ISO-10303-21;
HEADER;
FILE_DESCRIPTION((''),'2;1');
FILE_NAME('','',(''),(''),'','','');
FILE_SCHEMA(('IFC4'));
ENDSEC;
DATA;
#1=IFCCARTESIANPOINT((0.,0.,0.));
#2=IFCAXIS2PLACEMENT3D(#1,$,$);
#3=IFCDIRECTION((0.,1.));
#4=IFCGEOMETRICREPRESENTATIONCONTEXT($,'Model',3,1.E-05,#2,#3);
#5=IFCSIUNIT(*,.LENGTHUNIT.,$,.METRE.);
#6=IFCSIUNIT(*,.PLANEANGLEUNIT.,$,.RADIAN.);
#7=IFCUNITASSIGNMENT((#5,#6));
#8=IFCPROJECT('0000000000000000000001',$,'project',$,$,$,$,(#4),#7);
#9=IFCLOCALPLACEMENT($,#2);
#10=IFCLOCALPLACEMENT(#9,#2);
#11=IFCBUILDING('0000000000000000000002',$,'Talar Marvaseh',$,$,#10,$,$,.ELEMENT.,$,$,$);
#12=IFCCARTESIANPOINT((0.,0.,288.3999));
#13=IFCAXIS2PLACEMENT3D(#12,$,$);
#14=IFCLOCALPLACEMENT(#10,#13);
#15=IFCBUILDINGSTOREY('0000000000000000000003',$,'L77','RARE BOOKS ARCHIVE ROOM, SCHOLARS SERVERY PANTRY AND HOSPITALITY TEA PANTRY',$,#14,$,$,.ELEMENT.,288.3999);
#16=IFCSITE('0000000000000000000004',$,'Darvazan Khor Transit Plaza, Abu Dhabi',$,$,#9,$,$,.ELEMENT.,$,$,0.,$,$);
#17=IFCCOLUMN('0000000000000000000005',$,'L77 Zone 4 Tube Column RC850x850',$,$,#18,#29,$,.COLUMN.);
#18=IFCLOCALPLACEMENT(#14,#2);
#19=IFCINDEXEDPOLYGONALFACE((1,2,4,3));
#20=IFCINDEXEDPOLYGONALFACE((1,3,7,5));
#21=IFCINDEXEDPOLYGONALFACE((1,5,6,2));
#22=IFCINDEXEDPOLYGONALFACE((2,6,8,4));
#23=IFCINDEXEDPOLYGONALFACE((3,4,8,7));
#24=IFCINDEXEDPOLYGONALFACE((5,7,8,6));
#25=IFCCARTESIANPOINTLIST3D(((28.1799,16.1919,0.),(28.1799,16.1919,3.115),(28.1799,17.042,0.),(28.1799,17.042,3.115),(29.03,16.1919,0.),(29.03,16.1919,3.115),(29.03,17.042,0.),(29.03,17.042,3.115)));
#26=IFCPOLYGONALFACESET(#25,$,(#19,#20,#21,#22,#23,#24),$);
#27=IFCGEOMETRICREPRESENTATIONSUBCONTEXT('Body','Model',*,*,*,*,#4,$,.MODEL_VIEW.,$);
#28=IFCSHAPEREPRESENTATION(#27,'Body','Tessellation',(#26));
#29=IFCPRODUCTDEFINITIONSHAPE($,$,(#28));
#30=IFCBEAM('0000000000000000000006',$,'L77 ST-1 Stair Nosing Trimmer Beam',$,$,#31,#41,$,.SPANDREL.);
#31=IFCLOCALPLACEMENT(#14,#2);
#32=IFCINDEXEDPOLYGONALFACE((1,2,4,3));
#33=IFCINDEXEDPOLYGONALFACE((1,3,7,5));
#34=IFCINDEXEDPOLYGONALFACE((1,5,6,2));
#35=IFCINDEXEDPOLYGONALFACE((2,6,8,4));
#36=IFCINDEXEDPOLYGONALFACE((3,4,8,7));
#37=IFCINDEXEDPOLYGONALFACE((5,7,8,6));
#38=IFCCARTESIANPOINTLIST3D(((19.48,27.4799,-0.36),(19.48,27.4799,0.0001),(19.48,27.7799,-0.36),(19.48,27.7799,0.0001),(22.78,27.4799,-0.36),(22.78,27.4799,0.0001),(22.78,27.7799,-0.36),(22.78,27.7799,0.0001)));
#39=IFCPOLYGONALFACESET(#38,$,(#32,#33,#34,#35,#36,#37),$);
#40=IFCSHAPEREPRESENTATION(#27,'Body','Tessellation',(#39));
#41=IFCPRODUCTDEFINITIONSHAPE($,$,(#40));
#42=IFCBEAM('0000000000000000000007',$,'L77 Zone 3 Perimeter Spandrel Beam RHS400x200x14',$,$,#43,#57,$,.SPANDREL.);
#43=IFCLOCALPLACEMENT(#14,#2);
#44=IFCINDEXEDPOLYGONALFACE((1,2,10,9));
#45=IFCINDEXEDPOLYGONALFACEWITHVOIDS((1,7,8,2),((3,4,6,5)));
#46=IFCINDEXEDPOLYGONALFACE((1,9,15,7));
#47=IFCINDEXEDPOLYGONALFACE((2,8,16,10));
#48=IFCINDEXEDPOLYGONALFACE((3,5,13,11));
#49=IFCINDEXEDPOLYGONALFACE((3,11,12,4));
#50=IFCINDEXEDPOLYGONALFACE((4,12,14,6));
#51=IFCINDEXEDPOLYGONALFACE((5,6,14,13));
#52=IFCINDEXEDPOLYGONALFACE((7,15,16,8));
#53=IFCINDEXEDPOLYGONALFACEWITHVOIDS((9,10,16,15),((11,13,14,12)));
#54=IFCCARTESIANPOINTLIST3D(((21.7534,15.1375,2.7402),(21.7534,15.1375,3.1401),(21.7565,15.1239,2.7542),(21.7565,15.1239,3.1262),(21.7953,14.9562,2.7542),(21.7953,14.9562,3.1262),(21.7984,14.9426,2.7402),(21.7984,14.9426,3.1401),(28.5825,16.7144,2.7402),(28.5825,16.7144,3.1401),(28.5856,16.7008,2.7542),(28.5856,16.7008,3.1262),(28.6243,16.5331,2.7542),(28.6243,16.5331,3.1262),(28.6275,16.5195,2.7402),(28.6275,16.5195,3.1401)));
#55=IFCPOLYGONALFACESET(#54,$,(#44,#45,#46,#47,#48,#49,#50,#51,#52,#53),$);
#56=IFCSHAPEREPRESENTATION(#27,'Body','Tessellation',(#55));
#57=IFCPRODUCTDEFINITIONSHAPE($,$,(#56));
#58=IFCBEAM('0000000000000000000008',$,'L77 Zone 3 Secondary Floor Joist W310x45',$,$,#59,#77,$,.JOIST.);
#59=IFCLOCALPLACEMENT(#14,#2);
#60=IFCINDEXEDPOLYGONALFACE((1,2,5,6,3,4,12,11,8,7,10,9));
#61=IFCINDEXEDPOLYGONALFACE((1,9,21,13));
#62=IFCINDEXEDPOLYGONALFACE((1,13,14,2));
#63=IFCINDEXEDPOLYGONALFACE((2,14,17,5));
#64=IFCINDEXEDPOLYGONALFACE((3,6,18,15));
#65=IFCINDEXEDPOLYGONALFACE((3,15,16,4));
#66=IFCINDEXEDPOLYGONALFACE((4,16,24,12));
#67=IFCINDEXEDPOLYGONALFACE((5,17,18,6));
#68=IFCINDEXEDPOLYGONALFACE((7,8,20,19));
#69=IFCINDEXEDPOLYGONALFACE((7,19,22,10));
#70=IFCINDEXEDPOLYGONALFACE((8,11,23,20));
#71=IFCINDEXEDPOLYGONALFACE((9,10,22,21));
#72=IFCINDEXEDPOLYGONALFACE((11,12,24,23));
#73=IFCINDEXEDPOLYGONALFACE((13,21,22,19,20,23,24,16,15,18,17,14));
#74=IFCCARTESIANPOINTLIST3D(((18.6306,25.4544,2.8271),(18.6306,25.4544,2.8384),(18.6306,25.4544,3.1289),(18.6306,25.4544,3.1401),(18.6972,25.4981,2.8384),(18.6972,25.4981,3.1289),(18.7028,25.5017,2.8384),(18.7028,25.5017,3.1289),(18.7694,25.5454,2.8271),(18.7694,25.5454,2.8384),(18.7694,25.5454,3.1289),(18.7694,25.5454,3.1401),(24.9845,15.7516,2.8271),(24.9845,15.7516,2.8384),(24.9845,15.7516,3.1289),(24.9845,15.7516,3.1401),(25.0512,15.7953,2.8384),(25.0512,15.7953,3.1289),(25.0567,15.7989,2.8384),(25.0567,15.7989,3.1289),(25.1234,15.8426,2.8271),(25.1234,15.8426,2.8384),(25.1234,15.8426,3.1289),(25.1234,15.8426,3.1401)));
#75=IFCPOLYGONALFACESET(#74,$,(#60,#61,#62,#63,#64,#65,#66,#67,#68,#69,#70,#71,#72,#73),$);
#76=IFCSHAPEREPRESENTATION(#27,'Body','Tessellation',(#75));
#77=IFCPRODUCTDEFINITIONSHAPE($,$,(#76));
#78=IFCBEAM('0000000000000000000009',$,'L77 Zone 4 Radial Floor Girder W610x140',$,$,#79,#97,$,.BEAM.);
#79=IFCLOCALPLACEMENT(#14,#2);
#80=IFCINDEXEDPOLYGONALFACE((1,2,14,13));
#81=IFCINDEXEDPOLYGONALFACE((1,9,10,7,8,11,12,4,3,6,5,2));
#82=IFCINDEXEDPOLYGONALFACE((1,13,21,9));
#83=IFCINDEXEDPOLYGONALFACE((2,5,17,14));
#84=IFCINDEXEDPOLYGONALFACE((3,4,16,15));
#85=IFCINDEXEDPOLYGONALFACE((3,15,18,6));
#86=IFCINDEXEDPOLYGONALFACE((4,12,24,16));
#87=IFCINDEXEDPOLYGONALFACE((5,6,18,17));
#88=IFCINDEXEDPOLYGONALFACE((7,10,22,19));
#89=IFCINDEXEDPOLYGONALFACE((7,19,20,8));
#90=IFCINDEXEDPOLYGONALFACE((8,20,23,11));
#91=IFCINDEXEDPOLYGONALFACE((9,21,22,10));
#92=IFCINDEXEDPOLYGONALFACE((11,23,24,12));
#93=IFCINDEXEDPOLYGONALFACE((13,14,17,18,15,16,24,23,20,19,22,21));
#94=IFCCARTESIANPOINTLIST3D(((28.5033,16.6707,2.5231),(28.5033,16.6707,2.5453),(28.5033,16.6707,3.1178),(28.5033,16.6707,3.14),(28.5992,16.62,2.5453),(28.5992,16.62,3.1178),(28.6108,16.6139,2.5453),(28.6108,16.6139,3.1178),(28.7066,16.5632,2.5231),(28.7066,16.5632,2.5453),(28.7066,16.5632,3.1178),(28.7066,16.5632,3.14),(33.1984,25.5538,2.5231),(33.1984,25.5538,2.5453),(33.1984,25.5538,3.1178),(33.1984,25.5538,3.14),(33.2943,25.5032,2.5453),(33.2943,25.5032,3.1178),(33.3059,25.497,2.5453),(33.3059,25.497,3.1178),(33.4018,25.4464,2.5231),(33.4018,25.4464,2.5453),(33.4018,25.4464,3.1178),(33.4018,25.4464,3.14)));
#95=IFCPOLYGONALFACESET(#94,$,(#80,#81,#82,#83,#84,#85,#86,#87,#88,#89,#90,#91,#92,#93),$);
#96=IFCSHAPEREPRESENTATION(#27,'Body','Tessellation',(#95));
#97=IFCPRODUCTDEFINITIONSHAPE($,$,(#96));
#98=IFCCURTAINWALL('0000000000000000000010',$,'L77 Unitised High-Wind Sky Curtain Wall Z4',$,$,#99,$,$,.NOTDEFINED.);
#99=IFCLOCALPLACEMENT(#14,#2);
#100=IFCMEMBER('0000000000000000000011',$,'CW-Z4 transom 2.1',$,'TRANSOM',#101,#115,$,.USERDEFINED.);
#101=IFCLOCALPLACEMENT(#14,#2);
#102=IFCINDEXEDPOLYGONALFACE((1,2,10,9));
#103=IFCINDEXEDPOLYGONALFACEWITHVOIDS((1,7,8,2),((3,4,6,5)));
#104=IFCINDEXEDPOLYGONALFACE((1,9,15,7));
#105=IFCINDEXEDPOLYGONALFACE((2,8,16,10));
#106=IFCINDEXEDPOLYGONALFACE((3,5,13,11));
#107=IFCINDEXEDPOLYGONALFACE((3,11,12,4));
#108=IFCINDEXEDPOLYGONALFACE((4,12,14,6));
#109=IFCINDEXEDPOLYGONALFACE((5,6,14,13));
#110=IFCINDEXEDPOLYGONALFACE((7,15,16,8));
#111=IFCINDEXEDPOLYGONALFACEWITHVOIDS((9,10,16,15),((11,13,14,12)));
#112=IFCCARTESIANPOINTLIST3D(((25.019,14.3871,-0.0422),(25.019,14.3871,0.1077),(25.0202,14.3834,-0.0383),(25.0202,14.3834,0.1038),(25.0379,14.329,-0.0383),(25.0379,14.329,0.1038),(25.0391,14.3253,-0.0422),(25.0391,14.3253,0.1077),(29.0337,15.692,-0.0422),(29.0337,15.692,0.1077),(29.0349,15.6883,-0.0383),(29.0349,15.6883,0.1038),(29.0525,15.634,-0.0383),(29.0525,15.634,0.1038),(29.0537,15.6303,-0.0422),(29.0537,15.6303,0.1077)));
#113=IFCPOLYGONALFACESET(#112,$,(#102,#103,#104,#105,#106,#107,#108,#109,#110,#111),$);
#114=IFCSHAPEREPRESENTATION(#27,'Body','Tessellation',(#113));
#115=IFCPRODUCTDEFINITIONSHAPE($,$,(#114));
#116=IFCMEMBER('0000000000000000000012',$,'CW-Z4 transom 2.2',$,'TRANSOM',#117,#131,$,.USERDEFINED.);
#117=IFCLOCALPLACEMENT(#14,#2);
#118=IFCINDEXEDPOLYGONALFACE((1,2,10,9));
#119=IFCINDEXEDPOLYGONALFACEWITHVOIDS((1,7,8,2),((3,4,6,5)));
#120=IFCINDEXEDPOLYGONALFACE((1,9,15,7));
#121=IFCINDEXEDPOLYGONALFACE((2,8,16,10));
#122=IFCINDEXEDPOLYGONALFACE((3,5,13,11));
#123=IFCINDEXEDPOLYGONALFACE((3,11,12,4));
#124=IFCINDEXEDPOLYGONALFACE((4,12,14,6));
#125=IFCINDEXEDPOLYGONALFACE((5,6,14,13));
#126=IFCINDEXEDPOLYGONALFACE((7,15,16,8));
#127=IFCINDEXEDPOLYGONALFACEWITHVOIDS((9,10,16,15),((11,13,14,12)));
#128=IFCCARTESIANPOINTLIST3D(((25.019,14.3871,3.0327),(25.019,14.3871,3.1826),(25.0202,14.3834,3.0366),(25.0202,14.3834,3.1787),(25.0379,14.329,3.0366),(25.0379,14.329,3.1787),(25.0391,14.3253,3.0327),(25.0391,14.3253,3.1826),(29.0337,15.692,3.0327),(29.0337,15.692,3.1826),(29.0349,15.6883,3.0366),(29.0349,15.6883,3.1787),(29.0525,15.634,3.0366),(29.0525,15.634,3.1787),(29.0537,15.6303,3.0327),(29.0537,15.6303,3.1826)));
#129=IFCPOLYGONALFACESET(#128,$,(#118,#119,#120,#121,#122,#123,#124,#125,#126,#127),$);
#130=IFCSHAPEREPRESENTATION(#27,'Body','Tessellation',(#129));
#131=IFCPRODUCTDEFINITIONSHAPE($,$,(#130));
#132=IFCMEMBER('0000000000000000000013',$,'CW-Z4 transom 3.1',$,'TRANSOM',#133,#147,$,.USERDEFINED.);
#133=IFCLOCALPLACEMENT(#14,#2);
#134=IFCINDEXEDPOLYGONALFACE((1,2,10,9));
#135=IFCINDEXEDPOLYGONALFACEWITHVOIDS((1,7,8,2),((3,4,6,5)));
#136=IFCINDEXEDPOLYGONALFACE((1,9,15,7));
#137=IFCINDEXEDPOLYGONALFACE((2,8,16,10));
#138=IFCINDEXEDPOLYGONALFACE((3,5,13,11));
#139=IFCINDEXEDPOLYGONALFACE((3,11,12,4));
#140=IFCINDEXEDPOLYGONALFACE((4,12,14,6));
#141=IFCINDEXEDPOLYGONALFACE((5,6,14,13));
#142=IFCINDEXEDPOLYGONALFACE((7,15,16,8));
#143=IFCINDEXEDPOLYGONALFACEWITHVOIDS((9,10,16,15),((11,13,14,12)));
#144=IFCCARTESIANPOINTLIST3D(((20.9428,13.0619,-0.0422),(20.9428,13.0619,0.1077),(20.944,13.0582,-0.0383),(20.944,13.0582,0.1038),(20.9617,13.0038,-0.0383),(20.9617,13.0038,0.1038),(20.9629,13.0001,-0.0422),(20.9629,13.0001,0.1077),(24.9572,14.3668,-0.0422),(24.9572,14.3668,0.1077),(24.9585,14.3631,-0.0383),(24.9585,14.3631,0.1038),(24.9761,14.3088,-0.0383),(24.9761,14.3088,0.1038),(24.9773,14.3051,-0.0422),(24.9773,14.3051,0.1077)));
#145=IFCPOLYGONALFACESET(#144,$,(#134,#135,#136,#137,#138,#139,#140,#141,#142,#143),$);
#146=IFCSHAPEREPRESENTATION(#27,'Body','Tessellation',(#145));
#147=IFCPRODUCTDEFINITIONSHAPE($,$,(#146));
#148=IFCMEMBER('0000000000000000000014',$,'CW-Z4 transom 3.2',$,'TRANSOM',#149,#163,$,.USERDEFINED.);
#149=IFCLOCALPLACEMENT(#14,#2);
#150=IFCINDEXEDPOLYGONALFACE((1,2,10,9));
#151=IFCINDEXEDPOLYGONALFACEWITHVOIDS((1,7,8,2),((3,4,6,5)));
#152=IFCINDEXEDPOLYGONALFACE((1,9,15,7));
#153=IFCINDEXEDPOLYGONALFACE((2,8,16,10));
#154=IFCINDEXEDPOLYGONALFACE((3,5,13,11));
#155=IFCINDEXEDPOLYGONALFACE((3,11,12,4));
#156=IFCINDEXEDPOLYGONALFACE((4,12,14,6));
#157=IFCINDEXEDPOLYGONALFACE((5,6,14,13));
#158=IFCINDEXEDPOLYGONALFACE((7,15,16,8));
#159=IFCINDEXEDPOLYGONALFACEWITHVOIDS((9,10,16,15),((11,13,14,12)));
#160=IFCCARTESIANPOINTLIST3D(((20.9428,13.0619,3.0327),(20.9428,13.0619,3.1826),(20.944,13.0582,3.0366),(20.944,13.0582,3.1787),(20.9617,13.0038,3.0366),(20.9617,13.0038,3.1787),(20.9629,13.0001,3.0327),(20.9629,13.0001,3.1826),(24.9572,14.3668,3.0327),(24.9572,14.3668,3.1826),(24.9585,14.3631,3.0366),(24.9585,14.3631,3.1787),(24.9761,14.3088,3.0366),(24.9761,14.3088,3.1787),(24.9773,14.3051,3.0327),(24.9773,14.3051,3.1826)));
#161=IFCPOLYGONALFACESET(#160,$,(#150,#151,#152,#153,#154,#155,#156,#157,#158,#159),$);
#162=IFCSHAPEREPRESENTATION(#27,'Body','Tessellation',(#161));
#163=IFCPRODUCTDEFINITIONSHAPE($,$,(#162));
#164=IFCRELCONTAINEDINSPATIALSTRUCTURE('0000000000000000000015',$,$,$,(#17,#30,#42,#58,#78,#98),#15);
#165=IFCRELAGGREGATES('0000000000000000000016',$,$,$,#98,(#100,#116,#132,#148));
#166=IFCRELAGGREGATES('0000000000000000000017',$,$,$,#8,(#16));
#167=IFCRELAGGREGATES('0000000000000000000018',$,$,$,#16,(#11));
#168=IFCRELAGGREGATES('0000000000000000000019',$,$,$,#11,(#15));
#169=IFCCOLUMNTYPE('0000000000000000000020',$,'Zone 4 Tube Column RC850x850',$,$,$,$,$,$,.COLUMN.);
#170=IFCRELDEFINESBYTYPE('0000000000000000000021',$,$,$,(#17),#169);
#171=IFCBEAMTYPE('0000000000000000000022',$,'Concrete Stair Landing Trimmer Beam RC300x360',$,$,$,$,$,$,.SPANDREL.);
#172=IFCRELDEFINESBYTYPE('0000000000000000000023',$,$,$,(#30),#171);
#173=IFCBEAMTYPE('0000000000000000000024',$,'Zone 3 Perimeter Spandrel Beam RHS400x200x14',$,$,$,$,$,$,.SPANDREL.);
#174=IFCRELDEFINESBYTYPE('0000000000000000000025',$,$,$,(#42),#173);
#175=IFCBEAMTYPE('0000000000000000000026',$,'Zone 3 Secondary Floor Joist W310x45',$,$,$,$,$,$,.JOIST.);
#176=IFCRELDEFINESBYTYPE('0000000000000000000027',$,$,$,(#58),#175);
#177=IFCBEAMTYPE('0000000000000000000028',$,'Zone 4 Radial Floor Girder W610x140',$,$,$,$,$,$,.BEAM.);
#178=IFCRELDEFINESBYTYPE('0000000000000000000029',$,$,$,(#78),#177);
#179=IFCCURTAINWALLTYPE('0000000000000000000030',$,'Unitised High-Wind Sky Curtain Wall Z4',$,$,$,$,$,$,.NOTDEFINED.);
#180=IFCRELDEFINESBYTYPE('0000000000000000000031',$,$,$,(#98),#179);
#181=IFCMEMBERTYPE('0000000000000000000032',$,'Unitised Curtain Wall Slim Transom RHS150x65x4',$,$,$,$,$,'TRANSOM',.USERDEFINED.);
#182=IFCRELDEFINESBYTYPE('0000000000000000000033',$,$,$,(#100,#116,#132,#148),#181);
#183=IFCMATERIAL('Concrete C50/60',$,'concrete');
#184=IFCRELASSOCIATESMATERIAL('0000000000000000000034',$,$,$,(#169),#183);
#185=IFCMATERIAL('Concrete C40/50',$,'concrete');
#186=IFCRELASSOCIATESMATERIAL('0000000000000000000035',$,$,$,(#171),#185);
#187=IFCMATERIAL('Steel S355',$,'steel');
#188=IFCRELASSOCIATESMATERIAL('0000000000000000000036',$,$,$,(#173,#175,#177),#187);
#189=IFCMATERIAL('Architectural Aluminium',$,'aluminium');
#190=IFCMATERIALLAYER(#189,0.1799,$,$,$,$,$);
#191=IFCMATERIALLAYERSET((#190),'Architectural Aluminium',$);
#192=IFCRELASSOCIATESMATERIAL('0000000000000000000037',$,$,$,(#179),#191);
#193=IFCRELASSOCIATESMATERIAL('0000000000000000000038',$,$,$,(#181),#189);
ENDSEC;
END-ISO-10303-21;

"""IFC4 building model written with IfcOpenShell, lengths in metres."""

from ifc_helpers import new_model, si_unit, direction, frame, origin, origin_2d, place, context, subcontext, project, spatial, rectangle, hollow_rectangle, i_section, extrude, source, transform, mapped, material, layer, layer_set, material_profile, profile_set, type_object, type_shapes, element, aggregate, save


model = new_model("IFC4")

# Units and contexts
model_context = context("Model", 3, precision=1e-05, world=origin(), true_north=direction((0.0, 1.0)))
body_context = subcontext(model_context, "Body", "Model", "MODEL_VIEW")
ifc_project = project(units=[si_unit("LENGTHUNIT", "METRE"), si_unit("PLANEANGLEUNIT", "RADIAN")], contexts=[model_context])

# Site, building, storey
site_placement = place(None, origin())
site = spatial("IfcSite", under=ifc_project, at=site_placement, Name="Darvazan Khor Transit Plaza, Abu Dhabi", CompositionType="ELEMENT", RefElevation=0.0)
building_placement = place(site_placement, origin())
building = spatial("IfcBuilding", under=site, at=building_placement, Name="Talar Marvaseh", CompositionType="ELEMENT")
storey_placement = place(building_placement, frame((0.0, 0.0, 288.3999)))
storey = spatial("IfcBuildingStorey", under=building, at=storey_placement, Name="L77", Description="RARE BOOKS ARCHIVE ROOM, SCHOLARS SERVERY PANTRY AND HOSPITALITY TEA PANTRY", CompositionType="ELEMENT", Elevation=288.3999)

# Column
ifc_material_1 = material(Name="Concrete C50/60", Category="concrete")
ifc_material_profile_1 = material_profile(ifc_material_1, rectangle(XDim=0.8501, YDim=0.8501, at=origin_2d()), Name="RC850x850")
ifc_profile_set_1 = profile_set([ifc_material_profile_1], Name="Concrete C50/60")
column_type = type_object("IfcColumnType", Name="Zone 4 Tube Column RC850x850", PredefinedType="COLUMN", material=ifc_profile_set_1)
column_placement = place(storey_placement, frame((28.605, 16.6169, 0.0), z_axis=(0.0, 0.0, 1.0), x_axis=(1.0, 0.0, 0.0)))
element("IfcColumn", 1, at=column_placement, inside=storey, type_object=column_type, Name="L77 Zone 4 Tube Column RC850x850", PredefinedType="COLUMN", context=body_context, shape_type="SweptSolid", body=[
    extrude(rectangle(XDim=0.8501, YDim=0.8501, at=origin_2d()), origin(), (0.0, 0.0, 1.0), 3.115),
])

# Beams
ifc_material_2 = material(Name="Concrete C40/50", Category="concrete")
ifc_material_profile_2 = material_profile(ifc_material_2, rectangle(XDim=0.3, YDim=0.3601, at=origin_2d()), Name="RC300x360")
ifc_profile_set_2 = profile_set([ifc_material_profile_2], Name="Concrete C40/50")
beam_type_1 = type_object("IfcBeamType", Name="Concrete Stair Landing Trimmer Beam RC300x360", PredefinedType="SPANDREL", material=ifc_profile_set_2)
beam_1_placement = place(storey_placement, frame((22.78, 27.6299, -0.1799), z_axis=(-1.0, 0.0, 0.0), x_axis=(0.0, -1.0, 0.0)))
element("IfcBeam", 2, at=beam_1_placement, inside=storey, type_object=beam_type_1, Name="L77 ST-1 Stair Nosing Trimmer Beam", PredefinedType="SPANDREL", context=body_context, shape_type="SweptSolid", body=[
    extrude(rectangle(XDim=0.3, YDim=0.3601, at=origin_2d()), origin(), (0.0, 0.0, 1.0), 3.3),
])
ifc_material_3 = material(Name="Steel S355", Category="steel")
ifc_material_profile_3 = material_profile(ifc_material_3, hollow_rectangle(XDim=0.2, YDim=0.3999, WallThickness=0.0139, at=origin_2d()), Name="RHS400x200x14")
ifc_profile_set_3 = profile_set([ifc_material_profile_3], Name="Steel S355")
beam_type_2 = type_object("IfcBeamType", Name="Zone 3 Perimeter Spandrel Beam RHS400x200x14", PredefinedType="SPANDREL", material=ifc_profile_set_3)
beam_2_placement = place(storey_placement, frame((28.605, 16.6169, 2.9402), z_axis=(-0.974361, -0.224989, 0.0), x_axis=(0.224989, -0.974361, 0.0)))
element("IfcBeam", 3, at=beam_2_placement, inside=storey, type_object=beam_type_2, Name="L77 Zone 3 Perimeter Spandrel Beam RHS400x200x14", PredefinedType="SPANDREL", context=body_context, shape_type="SweptSolid", body=[
    extrude(hollow_rectangle(XDim=0.2, YDim=0.3999, WallThickness=0.0139, at=origin_2d()), origin(), (0.0, 0.0, 1.0), 7.0088),
])
ifc_material_profile_4 = material_profile(ifc_material_3, i_section(OverallWidth=0.166, OverallDepth=0.313, WebThickness=0.0066, FlangeThickness=0.0112, at=origin_2d()), Name="W310x45")
ifc_profile_set_4 = profile_set([ifc_material_profile_4], Name="Steel S355")
beam_type_3 = type_object("IfcBeamType", Name="Zone 3 Secondary Floor Joist W310x45", PredefinedType="JOIST", material=ifc_profile_set_4)
beam_3_placement = place(storey_placement, frame((25.054, 15.7971, 2.9836), z_axis=(-0.547842, 0.836582, 0.0), x_axis=(-0.836582, -0.547842, 0.0)))
element("IfcBeam", 4, at=beam_3_placement, inside=storey, type_object=beam_type_3, Name="L77 Zone 3 Secondary Floor Joist W310x45", PredefinedType="JOIST", context=body_context, shape_type="SweptSolid", body=[
    extrude(i_section(OverallWidth=0.166, OverallDepth=0.313, WebThickness=0.0066, FlangeThickness=0.0112, at=origin_2d()), origin(), (0.0, 0.0, 1.0), 11.5981),
])
ifc_material_profile_5 = material_profile(ifc_material_3, i_section(OverallWidth=0.23, OverallDepth=0.6169, WebThickness=0.0132, FlangeThickness=0.0222, at=origin_2d()), Name="W610x140")
ifc_profile_set_5 = profile_set([ifc_material_profile_5], Name="Steel S355")
beam_type_4 = type_object("IfcBeamType", Name="Zone 4 Radial Floor Girder W610x140", PredefinedType="BEAM", material=ifc_profile_set_5)
beam_4_placement = place(storey_placement, frame((28.605, 16.6169, 2.8315), z_axis=(0.467287, 0.884106, 0.0), x_axis=(-0.884106, 0.467287, 0.0)))
element("IfcBeam", 5, at=beam_4_placement, inside=storey, type_object=beam_type_4, Name="L77 Zone 4 Radial Floor Girder W610x140", PredefinedType="BEAM", context=body_context, shape_type="SweptSolid", body=[
    extrude(i_section(OverallWidth=0.23, OverallDepth=0.6169, WebThickness=0.0132, FlangeThickness=0.0222, at=origin_2d()), origin(), (0.0, 0.0, 1.0), 10.0476),
])

# Curtain wall, members
ifc_material_4 = material(Name="Architectural Aluminium", Category="aluminium")
ifc_layer_1 = layer(ifc_material_4, 0.1799)
ifc_layer_set_1 = layer_set([ifc_layer_1], Name="Architectural Aluminium")
curtain_wall_type = type_object("IfcCurtainWallType", Name="Unitised High-Wind Sky Curtain Wall Z4", PredefinedType="NOTDEFINED", material=ifc_layer_set_1)
curtain_wall_placement = place(storey_placement, origin())
curtain_wall = element("IfcCurtainWall", 6, at=curtain_wall_placement, inside=storey, type_object=curtain_wall_type, Name="L77 Unitised High-Wind Sky Curtain Wall Z4", PredefinedType="NOTDEFINED")
ifc_material_profile_6 = material_profile(ifc_material_4, hollow_rectangle(XDim=0.0649, YDim=0.1499, WallThickness=0.0039, at=origin_2d()), Name="RHS150x65x4")
ifc_profile_set_6 = profile_set([ifc_material_profile_6], Name="Architectural Aluminium")
member_type_1 = type_object("IfcMemberType", Name="Unitised Curtain Wall Slim Transom RHS150x65x4", ElementType="TRANSOM", PredefinedType="USERDEFINED", material=ifc_profile_set_6)
shared_shape_1 = source(origin(), body_context, "Body", "SweptSolid", [
    extrude(hollow_rectangle(XDim=0.0649, YDim=0.1499, WallThickness=0.0039, at=origin_2d()), origin(), (0.0, 0.0, 1.0), 4.2214),
])
member_1_placement = place(storey_placement, frame((29.0437, 15.6611, 0.0327), z_axis=(-0.951022, -0.309123, 0.0), x_axis=(0.309123, -0.951022, 0.0)))
member_1 = element("IfcMember", 7, at=member_1_placement, type_object=member_type_1, Name="CW-Z4 transom 2.1", ObjectType="TRANSOM", PredefinedType="USERDEFINED", context=body_context, shape_type="MappedRepresentation", body=[
    mapped(shared_shape_1, transform((0.0, 0.0, 0.0), x_axis=(1.0, 0.0, 0.0), y_axis=(0.0, 1.0, 0.0), z_axis=(0.0, 0.0, 1.0), scale=1.0)),
])
member_2_placement = place(storey_placement, frame((29.0437, 15.6611, 3.1077), z_axis=(-0.951022, -0.309123, 0.0), x_axis=(0.309123, -0.951022, 0.0)))
member_2 = element("IfcMember", 8, at=member_2_placement, type_object=member_type_1, Name="CW-Z4 transom 2.2", ObjectType="TRANSOM", PredefinedType="USERDEFINED", context=body_context, shape_type="MappedRepresentation", body=[
    mapped(shared_shape_1, transform((0.0, 0.0, 0.0), x_axis=(1.0, 0.0, 0.0), y_axis=(0.0, 1.0, 0.0), z_axis=(0.0, 0.0, 1.0), scale=1.0)),
])
shared_shape_2 = source(origin(), body_context, "Body", "SweptSolid", [
    extrude(hollow_rectangle(XDim=0.0649, YDim=0.1499, WallThickness=0.0039, at=origin_2d()), origin(), (0.0, 0.0, 1.0), 4.2212),
])
type_shapes(member_type_1, [shared_shape_1, shared_shape_2])
member_3_placement = place(storey_placement, frame((24.9673, 14.3359, 0.0327), z_axis=(-0.951017, -0.30914, 0.0), x_axis=(0.30914, -0.951017, 0.0)))
member_3 = element("IfcMember", 9, at=member_3_placement, type_object=member_type_1, Name="CW-Z4 transom 3.1", ObjectType="TRANSOM", PredefinedType="USERDEFINED", context=body_context, shape_type="MappedRepresentation", body=[
    mapped(shared_shape_2, transform((0.0, 0.0, 0.0), x_axis=(1.0, 0.0, 0.0), y_axis=(0.0, 1.0, 0.0), z_axis=(0.0, 0.0, 1.0), scale=1.0)),
])
member_4_placement = place(storey_placement, frame((24.9673, 14.3359, 3.1077), z_axis=(-0.951017, -0.30914, 0.0), x_axis=(0.30914, -0.951017, 0.0)))
member_4 = element("IfcMember", 10, at=member_4_placement, type_object=member_type_1, Name="CW-Z4 transom 3.2", ObjectType="TRANSOM", PredefinedType="USERDEFINED", context=body_context, shape_type="MappedRepresentation", body=[
    mapped(shared_shape_2, transform((0.0, 0.0, 0.0), x_axis=(1.0, 0.0, 0.0), y_axis=(0.0, 1.0, 0.0), z_axis=(0.0, 0.0, 1.0), scale=1.0)),
])
aggregate(curtain_wall, [member_1, member_2, member_3, member_4])

save(model, "model.ifc")
